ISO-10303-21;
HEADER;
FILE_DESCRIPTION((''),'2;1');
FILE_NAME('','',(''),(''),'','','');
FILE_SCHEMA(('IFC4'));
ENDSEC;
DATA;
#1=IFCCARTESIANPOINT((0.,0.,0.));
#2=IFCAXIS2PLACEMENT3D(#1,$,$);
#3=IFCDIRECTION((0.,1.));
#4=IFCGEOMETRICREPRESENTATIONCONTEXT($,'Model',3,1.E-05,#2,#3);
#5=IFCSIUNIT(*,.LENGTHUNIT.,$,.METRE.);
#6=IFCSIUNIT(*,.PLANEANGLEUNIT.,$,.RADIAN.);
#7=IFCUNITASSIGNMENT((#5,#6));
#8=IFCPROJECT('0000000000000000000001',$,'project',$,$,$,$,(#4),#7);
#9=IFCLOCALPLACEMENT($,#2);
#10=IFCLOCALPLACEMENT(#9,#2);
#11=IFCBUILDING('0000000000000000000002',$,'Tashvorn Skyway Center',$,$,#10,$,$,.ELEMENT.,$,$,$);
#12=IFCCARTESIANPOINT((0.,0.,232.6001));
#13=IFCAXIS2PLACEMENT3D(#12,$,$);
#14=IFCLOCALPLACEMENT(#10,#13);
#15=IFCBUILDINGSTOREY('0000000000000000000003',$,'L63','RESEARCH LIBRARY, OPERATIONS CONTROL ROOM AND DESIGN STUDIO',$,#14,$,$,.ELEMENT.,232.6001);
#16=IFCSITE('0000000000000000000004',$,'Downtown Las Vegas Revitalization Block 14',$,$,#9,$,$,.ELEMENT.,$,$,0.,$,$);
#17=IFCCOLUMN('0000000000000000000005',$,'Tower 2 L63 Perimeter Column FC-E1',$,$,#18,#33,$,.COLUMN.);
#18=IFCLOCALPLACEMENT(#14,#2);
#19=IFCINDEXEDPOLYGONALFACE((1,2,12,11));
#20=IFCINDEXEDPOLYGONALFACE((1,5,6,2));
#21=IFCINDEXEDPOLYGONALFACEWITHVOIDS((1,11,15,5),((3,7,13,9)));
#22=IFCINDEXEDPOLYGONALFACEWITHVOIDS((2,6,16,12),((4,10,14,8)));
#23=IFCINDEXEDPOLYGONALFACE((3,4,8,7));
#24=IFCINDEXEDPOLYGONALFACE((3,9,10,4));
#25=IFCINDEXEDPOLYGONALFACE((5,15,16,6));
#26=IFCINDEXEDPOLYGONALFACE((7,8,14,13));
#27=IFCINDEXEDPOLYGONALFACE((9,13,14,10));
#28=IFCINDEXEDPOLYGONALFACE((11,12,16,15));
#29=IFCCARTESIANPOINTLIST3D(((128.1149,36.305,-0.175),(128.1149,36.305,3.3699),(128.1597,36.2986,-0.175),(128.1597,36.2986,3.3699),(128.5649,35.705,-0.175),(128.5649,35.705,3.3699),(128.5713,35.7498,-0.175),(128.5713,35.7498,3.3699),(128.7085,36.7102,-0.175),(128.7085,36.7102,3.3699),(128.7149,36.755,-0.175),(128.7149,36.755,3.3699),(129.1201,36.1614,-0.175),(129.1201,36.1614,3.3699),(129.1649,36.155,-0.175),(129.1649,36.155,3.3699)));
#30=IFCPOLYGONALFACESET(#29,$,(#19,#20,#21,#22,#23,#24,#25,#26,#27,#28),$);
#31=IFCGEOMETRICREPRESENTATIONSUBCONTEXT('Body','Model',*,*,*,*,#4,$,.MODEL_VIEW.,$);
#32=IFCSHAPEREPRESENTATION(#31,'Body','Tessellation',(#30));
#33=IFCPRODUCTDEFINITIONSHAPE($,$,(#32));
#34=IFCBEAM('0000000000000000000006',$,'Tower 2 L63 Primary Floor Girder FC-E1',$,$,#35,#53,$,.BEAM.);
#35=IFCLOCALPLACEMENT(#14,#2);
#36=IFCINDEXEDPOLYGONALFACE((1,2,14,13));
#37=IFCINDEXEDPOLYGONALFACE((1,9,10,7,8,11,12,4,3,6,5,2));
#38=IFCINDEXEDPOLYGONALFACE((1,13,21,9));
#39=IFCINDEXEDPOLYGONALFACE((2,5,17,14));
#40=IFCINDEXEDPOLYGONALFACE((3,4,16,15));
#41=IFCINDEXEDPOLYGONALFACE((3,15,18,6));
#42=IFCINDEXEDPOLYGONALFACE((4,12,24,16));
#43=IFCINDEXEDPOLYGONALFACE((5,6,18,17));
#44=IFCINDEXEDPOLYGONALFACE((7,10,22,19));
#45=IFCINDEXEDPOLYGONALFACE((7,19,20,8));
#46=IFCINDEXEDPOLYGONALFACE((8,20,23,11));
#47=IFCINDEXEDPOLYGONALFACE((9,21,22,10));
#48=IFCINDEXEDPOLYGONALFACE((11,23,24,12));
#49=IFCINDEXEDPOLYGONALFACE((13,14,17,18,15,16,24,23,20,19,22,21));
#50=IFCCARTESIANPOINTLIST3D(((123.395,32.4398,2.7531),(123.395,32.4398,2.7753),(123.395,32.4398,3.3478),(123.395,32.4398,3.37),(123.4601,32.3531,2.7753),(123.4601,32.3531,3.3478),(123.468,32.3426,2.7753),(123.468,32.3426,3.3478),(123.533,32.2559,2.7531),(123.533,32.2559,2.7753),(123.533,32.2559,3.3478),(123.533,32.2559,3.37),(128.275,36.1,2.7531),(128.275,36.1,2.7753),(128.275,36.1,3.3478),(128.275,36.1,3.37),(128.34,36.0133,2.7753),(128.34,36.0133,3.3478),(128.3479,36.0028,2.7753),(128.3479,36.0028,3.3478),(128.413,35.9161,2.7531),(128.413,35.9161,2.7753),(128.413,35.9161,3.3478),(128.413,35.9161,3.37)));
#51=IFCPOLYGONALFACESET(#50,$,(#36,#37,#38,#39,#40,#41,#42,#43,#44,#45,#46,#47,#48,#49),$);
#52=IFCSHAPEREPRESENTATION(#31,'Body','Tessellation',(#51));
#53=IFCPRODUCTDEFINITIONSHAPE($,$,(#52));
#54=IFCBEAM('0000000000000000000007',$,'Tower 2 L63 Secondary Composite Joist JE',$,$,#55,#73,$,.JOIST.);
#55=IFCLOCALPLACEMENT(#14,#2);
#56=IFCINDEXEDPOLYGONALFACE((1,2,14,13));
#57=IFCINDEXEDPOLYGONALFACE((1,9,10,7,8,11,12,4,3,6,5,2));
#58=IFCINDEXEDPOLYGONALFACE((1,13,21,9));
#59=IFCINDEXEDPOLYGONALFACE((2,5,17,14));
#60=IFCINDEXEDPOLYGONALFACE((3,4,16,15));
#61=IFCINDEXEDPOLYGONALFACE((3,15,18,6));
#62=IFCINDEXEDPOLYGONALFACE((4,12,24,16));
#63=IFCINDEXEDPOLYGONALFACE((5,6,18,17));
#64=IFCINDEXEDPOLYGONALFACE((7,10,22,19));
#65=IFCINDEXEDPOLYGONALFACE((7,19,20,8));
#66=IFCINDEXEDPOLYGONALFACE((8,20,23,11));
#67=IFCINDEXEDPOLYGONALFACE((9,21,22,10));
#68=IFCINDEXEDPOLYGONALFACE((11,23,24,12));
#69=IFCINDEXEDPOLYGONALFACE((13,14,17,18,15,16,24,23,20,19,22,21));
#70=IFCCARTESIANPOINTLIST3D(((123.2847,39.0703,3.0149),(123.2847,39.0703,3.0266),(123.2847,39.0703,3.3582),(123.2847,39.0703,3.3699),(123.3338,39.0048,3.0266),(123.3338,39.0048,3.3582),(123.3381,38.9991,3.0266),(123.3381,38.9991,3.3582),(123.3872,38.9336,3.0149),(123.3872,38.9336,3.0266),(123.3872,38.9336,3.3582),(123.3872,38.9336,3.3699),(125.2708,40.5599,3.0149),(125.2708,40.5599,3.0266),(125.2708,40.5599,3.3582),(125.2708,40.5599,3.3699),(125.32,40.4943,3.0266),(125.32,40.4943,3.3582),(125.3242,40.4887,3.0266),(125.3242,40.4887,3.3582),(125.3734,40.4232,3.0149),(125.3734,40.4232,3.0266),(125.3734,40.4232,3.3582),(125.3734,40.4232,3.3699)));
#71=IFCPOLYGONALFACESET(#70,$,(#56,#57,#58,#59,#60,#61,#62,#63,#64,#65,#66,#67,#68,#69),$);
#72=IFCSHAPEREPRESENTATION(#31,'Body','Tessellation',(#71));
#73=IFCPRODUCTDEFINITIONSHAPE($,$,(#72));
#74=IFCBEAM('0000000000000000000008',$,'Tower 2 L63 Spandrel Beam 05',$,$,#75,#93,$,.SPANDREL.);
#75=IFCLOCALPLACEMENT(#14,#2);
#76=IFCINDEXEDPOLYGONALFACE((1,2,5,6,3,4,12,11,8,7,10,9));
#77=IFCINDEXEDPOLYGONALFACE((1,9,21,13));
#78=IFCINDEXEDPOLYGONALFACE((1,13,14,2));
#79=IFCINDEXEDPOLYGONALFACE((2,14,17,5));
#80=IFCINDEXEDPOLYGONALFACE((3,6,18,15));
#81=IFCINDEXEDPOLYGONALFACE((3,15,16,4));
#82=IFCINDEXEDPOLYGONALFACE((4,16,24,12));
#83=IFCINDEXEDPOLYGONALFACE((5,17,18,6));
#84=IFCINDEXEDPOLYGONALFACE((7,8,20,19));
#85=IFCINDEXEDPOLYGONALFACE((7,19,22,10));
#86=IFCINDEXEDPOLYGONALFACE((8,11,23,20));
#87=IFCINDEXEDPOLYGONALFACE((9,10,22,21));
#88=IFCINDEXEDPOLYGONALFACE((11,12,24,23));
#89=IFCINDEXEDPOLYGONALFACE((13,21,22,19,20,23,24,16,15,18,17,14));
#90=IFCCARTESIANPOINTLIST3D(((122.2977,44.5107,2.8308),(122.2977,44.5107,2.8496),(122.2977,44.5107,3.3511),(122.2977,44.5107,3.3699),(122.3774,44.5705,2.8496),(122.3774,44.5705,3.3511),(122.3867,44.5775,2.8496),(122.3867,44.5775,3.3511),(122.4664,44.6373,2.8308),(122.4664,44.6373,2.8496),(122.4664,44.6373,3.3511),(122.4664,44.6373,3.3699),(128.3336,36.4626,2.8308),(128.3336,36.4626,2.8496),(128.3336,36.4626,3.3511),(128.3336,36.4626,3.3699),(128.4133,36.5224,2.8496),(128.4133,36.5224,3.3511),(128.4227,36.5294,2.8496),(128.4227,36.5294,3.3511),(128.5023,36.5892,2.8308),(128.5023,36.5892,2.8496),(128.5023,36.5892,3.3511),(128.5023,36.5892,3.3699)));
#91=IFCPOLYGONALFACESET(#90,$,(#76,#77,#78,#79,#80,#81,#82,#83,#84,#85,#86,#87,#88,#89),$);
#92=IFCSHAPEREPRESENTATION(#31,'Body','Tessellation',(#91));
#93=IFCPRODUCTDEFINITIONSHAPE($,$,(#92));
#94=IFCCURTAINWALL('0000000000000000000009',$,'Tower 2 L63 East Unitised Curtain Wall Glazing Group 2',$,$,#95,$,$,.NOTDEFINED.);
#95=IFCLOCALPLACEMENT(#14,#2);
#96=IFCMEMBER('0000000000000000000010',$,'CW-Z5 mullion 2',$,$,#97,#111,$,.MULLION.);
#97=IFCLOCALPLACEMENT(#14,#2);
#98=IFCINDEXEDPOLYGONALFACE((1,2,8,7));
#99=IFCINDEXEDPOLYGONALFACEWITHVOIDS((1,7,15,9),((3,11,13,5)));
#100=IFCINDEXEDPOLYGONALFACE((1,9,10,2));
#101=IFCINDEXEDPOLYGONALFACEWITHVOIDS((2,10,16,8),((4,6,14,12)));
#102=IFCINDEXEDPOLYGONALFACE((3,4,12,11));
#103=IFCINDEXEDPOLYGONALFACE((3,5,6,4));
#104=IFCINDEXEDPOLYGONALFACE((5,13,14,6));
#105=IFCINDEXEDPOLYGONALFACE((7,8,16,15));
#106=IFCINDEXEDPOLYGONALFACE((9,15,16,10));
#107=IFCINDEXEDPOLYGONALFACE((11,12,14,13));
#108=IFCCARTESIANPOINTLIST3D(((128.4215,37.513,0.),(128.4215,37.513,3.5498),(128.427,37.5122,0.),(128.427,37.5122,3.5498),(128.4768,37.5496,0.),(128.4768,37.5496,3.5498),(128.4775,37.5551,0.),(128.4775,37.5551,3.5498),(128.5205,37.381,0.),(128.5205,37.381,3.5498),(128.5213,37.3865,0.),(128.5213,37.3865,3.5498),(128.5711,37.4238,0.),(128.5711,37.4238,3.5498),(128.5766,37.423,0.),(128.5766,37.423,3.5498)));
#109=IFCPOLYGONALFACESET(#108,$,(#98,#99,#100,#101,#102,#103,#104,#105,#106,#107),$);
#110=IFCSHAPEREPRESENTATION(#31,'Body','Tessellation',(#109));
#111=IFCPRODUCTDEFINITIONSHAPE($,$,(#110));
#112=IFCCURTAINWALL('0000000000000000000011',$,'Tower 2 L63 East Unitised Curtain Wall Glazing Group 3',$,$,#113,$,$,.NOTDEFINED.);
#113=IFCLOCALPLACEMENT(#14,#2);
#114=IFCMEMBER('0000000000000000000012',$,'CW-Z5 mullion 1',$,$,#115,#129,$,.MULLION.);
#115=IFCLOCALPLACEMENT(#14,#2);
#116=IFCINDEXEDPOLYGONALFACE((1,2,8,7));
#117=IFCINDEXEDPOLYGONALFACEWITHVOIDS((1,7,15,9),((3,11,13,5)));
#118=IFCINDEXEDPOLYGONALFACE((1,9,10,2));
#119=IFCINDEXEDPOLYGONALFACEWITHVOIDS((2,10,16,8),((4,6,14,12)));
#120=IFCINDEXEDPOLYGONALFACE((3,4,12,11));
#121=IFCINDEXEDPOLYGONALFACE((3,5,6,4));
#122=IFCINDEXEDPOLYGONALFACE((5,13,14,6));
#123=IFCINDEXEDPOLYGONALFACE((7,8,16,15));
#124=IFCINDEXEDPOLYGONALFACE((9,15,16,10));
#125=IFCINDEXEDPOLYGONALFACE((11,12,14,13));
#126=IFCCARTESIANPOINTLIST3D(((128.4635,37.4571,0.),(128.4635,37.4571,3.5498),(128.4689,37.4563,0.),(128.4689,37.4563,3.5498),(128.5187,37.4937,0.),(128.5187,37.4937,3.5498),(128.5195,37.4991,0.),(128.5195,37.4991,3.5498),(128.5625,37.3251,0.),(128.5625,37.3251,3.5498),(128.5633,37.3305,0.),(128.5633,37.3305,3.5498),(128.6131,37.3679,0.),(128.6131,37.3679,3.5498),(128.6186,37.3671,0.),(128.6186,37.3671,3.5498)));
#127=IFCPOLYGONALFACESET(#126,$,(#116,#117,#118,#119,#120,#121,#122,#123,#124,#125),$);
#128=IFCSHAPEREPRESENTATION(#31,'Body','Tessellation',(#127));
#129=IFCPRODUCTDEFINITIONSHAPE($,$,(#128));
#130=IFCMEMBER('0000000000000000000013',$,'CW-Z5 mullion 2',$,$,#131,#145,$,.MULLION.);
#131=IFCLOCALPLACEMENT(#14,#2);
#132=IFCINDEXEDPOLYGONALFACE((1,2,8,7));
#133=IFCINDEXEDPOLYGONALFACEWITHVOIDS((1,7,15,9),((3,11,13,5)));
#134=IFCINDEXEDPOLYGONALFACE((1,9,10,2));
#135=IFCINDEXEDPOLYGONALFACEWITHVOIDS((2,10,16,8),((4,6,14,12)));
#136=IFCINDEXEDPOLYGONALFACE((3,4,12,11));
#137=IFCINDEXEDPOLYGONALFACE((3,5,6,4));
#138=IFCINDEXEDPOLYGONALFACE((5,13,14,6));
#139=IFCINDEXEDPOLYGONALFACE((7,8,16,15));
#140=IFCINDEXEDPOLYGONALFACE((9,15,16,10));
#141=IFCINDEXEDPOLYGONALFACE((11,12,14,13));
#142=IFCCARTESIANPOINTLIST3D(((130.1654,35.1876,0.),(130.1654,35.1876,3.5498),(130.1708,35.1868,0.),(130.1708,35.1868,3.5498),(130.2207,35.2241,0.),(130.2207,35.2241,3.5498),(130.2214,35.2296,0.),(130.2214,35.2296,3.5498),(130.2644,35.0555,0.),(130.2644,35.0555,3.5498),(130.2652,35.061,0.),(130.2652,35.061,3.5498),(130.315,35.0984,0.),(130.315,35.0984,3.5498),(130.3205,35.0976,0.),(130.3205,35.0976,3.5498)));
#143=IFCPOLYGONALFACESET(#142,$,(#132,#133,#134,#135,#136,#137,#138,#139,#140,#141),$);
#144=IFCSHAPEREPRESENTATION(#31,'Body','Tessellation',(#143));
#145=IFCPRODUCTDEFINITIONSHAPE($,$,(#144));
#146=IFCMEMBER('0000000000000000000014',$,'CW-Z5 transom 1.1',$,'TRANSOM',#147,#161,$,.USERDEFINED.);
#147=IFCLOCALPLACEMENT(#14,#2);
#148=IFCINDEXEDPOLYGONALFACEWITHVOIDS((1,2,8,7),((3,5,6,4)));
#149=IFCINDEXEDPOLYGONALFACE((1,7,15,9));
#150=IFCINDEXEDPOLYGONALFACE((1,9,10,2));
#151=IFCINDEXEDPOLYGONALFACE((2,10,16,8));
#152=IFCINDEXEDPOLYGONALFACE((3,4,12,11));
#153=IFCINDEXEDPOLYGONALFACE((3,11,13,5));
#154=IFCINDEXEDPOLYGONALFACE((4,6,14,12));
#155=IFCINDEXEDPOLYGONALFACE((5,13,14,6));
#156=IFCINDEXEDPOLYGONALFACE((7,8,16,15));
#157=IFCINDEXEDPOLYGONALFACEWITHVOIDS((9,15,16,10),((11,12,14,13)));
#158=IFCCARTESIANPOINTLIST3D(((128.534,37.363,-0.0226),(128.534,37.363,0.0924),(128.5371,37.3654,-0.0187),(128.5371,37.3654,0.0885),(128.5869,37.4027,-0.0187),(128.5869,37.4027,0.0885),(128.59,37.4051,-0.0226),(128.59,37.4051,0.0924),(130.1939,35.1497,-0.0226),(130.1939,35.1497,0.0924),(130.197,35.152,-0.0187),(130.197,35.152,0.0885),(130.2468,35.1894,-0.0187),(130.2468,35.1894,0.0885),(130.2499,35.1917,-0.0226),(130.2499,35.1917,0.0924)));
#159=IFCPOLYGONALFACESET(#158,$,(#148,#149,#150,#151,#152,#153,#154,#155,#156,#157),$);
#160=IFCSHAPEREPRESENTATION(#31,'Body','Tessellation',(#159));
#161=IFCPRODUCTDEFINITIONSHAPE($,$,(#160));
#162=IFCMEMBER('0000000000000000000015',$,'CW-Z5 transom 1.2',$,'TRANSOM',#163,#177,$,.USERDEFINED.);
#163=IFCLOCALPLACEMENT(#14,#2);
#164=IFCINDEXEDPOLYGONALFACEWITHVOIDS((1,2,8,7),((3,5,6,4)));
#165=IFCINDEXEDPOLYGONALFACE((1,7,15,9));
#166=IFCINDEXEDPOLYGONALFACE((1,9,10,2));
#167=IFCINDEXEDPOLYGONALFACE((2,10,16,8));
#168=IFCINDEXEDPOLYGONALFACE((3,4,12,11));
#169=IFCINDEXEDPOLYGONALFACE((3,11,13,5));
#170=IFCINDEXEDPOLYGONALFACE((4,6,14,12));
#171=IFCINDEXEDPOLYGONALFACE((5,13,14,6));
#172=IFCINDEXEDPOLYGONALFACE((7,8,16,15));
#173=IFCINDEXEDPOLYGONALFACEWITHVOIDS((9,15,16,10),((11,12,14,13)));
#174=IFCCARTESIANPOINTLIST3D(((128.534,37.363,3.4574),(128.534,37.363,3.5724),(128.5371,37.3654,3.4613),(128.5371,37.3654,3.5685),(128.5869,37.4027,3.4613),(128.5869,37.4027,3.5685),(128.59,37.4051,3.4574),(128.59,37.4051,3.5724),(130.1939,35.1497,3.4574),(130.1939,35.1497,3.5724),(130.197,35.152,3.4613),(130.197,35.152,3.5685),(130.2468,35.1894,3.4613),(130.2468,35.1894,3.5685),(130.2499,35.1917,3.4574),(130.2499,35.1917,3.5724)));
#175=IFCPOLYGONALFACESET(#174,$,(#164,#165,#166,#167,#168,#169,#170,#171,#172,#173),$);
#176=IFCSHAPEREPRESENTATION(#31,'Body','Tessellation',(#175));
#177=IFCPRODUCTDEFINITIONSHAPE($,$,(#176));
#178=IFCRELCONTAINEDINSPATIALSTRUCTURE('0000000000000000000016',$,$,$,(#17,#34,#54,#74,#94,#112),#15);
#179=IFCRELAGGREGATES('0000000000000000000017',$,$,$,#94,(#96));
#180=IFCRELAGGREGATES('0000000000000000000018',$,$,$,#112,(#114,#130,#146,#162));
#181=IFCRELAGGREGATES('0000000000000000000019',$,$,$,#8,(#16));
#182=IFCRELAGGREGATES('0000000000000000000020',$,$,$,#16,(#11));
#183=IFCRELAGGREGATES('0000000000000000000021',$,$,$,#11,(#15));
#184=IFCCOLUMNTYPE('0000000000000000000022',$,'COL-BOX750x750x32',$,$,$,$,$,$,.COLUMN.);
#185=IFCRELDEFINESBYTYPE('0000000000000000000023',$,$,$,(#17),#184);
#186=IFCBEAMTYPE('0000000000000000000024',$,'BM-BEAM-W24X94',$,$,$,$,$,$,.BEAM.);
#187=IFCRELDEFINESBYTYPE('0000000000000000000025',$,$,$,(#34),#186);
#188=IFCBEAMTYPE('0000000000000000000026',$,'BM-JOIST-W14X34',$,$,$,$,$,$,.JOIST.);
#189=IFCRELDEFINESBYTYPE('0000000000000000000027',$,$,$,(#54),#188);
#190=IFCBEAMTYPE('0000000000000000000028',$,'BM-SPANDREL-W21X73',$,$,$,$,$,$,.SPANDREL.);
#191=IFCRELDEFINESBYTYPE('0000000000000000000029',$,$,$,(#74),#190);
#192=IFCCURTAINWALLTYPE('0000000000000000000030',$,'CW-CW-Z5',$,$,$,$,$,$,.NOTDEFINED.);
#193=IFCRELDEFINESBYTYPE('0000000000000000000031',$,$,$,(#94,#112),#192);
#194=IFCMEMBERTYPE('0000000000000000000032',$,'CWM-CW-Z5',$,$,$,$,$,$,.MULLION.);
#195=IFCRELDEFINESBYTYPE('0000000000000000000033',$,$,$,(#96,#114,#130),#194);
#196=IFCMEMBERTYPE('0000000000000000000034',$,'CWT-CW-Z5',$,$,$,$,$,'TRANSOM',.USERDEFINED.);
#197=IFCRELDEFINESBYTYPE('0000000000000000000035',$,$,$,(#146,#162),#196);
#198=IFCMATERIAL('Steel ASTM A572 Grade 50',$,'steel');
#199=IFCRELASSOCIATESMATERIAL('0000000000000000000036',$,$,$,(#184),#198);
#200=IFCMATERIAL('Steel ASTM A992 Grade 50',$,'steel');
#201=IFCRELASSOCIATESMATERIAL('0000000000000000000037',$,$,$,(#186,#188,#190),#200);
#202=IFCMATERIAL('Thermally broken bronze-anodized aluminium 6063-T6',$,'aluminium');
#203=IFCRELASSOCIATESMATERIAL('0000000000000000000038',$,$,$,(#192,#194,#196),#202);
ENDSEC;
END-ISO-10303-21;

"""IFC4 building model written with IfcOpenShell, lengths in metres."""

from ifc_helpers import new_model, si_unit, direction, frame, origin, origin_2d, place, context, subcontext, project, spatial, hollow_rectangle, i_section, extrude, material, material_profile, profile_set, type_object, element, aggregate, save


model = new_model("IFC4")

# Units and contexts
model_context = context("Model", 3, precision=1e-05, world=origin(), true_north=direction((0.0, 1.0)))
body_context = subcontext(model_context, "Body", "Model", "MODEL_VIEW")
ifc_project = project(units=[si_unit("LENGTHUNIT", "METRE"), si_unit("PLANEANGLEUNIT", "RADIAN")], contexts=[model_context])

# Site, building, storey
site_placement = place(None, origin())
site = spatial("IfcSite", under=ifc_project, at=site_placement, Name="Downtown Las Vegas Revitalization Block 14", CompositionType="ELEMENT", RefElevation=0.0)
building_placement = place(site_placement, origin())
building = spatial("IfcBuilding", under=site, at=building_placement, Name="Tashvorn Skyway Center", CompositionType="ELEMENT")
storey_placement = place(building_placement, frame((0.0, 0.0, 232.6001)))
storey = spatial("IfcBuildingStorey", under=building, at=storey_placement, Name="L63", Description="RESEARCH LIBRARY, OPERATIONS CONTROL ROOM AND DESIGN STUDIO", CompositionType="ELEMENT", Elevation=232.6001)

# Column
ifc_material_1 = material(Name="Steel ASTM A572 Grade 50", Category="steel")
ifc_material_profile_1 = material_profile(ifc_material_1, hollow_rectangle(XDim=0.75, YDim=0.75, WallThickness=0.032, at=origin_2d()), Name="BOX750x750x32")
ifc_profile_set_1 = profile_set([ifc_material_profile_1], Name="Steel ASTM A572 Grade 50")
column_type = type_object("IfcColumnType", Name="COL-BOX750x750x32", PredefinedType="COLUMN", material=ifc_profile_set_1)
column_placement = place(storey_placement, frame((128.6399, 36.23, -0.175), z_axis=(0.0, 0.0, 1.0), x_axis=(0.8, 0.6, 0.0)))
element("IfcColumn", 1, at=column_placement, inside=storey, type_object=column_type, Name="Tower 2 L63 Perimeter Column FC-E1", PredefinedType="COLUMN", context=body_context, shape_type="SweptSolid", body=[
    extrude(hollow_rectangle(XDim=0.75, YDim=0.75, WallThickness=0.032, at=origin_2d()), origin(), (0.0, 0.0, 1.0), 3.5449),
])

# Beams
ifc_material_2 = material(Name="Steel ASTM A992 Grade 50", Category="steel")
ifc_material_profile_2 = material_profile(ifc_material_2, i_section(OverallWidth=0.23, OverallDepth=0.6169, WebThickness=0.0132, FlangeThickness=0.0222, at=origin_2d()), Name="W24X94")
ifc_profile_set_2 = profile_set([ifc_material_profile_2], Name="Steel ASTM A992 Grade 50")
beam_type_1 = type_object("IfcBeamType", Name="BM-BEAM-W24X94", PredefinedType="BEAM", material=ifc_profile_set_2)
beam_1_placement = place(storey_placement, frame((128.344, 36.0081, 3.0615), z_axis=(-0.799981, -0.600026, 0.0), x_axis=(0.600026, -0.799981, 0.0)))
element("IfcBeam", 2, at=beam_1_placement, inside=storey, type_object=beam_type_1, Name="Tower 2 L63 Primary Floor Girder FC-E1", PredefinedType="BEAM", context=body_context, shape_type="SweptSolid", body=[
    extrude(i_section(OverallWidth=0.23, OverallDepth=0.6169, WebThickness=0.0132, FlangeThickness=0.0222, at=origin_2d()), origin(), (0.0, 0.0, 1.0), 6.1001),
])
ifc_material_profile_3 = material_profile(ifc_material_2, i_section(OverallWidth=0.1709, OverallDepth=0.355, WebThickness=0.0071, FlangeThickness=0.0117, at=origin_2d()), Name="W14X34")
ifc_profile_set_3 = profile_set([ifc_material_profile_3], Name="Steel ASTM A992 Grade 50")
beam_type_2 = type_object("IfcBeamType", Name="BM-JOIST-W14X34", PredefinedType="JOIST", material=ifc_profile_set_3)
beam_2_placement = place(storey_placement, frame((123.3359, 39.002, 3.1924), z_axis=(0.800012, 0.599984, 0.0), x_axis=(-0.599984, 0.800012, 0.0)))
element("IfcBeam", 3, at=beam_2_placement, inside=storey, type_object=beam_type_2, Name="Tower 2 L63 Secondary Composite Joist JE", PredefinedType="JOIST", context=body_context, shape_type="SweptSolid", body=[
    extrude(i_section(OverallWidth=0.1709, OverallDepth=0.355, WebThickness=0.0071, FlangeThickness=0.0117, at=origin_2d()), origin(), (0.0, 0.0, 1.0), 2.4827),
])
ifc_material_profile_4 = material_profile(ifc_material_2, i_section(OverallWidth=0.2109, OverallDepth=0.5391, WebThickness=0.0117, FlangeThickness=0.0188, at=origin_2d()), Name="W21X73")
ifc_profile_set_4 = profile_set([ifc_material_profile_4], Name="Steel ASTM A992 Grade 50")
beam_type_3 = type_object("IfcBeamType", Name="BM-SPANDREL-W21X73", PredefinedType="SPANDREL", material=ifc_profile_set_4)
beam_3_placement = place(storey_placement, frame((128.418, 36.5259, 3.1003), z_axis=(-0.599988, 0.800009, 0.0), x_axis=(-0.800009, -0.599988, 0.0)))
element("IfcBeam", 4, at=beam_3_placement, inside=storey, type_object=beam_type_3, Name="Tower 2 L63 Spandrel Beam 05", PredefinedType="SPANDREL", context=body_context, shape_type="SweptSolid", body=[
    extrude(i_section(OverallWidth=0.2109, OverallDepth=0.5391, WebThickness=0.0117, FlangeThickness=0.0188, at=origin_2d()), origin(), (0.0, 0.0, 1.0), 10.0601),
])

# Curtain wall, member
ifc_material_3 = material(Name="Thermally broken bronze-anodized aluminium 6063-T6", Category="aluminium")
curtain_wall_type = type_object("IfcCurtainWallType", Name="CW-CW-Z5", PredefinedType="NOTDEFINED", material=ifc_material_3)
curtain_wall_1_placement = place(storey_placement, origin())
curtain_wall_1 = element("IfcCurtainWall", 5, at=curtain_wall_1_placement, inside=storey, type_object=curtain_wall_type, Name="Tower 2 L63 East Unitised Curtain Wall Glazing Group 2", PredefinedType="NOTDEFINED")
ifc_material_profile_5 = material_profile(ifc_material_3, hollow_rectangle(XDim=0.0701, YDim=0.165, WallThickness=0.0039, at=origin_2d()), Name="ALU-MULL-70x165")
ifc_profile_set_5 = profile_set([ifc_material_profile_5], Name="Thermally broken bronze-anodized aluminium 6063-T6")
member_type_1 = type_object("IfcMemberType", Name="CWM-CW-Z5", PredefinedType="MULLION", material=ifc_profile_set_5)
member_1_placement = place(storey_placement, frame((128.499, 37.468, 0.0), z_axis=(0.0, 0.0, 1.0), x_axis=(0.8, 0.6, 0.0)))
member_1 = element("IfcMember", 6, at=member_1_placement, type_object=member_type_1, Name="CW-Z5 mullion 2", PredefinedType="MULLION", context=body_context, shape_type="SweptSolid", body=[
    extrude(hollow_rectangle(XDim=0.0701, YDim=0.165, WallThickness=0.0039, at=origin_2d()), origin(), (0.0, 0.0, 1.0), 3.5498),
])
aggregate(curtain_wall_1, [member_1])

# Curtain wall, members
curtain_wall_2_placement = place(storey_placement, origin())
curtain_wall_2 = element("IfcCurtainWall", 7, at=curtain_wall_2_placement, inside=storey, type_object=curtain_wall_type, Name="Tower 2 L63 East Unitised Curtain Wall Glazing Group 3", PredefinedType="NOTDEFINED")
member_2_placement = place(storey_placement, frame((128.541, 37.4121, 0.0), z_axis=(0.0, 0.0, 1.0), x_axis=(0.799996, 0.600006, 0.0)))
member_2 = element("IfcMember", 8, at=member_2_placement, type_object=member_type_1, Name="CW-Z5 mullion 1", PredefinedType="MULLION", context=body_context, shape_type="SweptSolid", body=[
    extrude(hollow_rectangle(XDim=0.0701, YDim=0.165, WallThickness=0.0039, at=origin_2d()), origin(), (0.0, 0.0, 1.0), 3.5498),
])
member_3_placement = place(storey_placement, frame((130.2429, 35.1426, 0.0), z_axis=(0.0, 0.0, 1.0), x_axis=(0.799996, 0.600006, 0.0)))
member_3 = element("IfcMember", 9, at=member_3_placement, type_object=member_type_1, Name="CW-Z5 mullion 2", PredefinedType="MULLION", context=body_context, shape_type="SweptSolid", body=[
    extrude(hollow_rectangle(XDim=0.0701, YDim=0.165, WallThickness=0.0039, at=origin_2d()), origin(), (0.0, 0.0, 1.0), 3.5498),
])
ifc_material_profile_6 = material_profile(ifc_material_3, hollow_rectangle(XDim=0.0701, YDim=0.115, WallThickness=0.0039, at=origin_2d()), Name="ALU-TRAN-70x115")
ifc_profile_set_6 = profile_set([ifc_material_profile_6], Name="Thermally broken bronze-anodized aluminium 6063-T6")
member_type_2 = type_object("IfcMemberType", Name="CWT-CW-Z5", ElementType="TRANSOM", PredefinedType="USERDEFINED", material=ifc_profile_set_6)
member_4_placement = place(storey_placement, frame((128.562, 37.384, 0.0349), z_axis=(0.599972, -0.800021, 0.0), x_axis=(0.800021, 0.599972, 0.0)))
member_4 = element("IfcMember", 10, at=member_4_placement, type_object=member_type_2, Name="CW-Z5 transom 1.1", ObjectType="TRANSOM", PredefinedType="USERDEFINED", context=body_context, shape_type="SweptSolid", body=[
    extrude(hollow_rectangle(XDim=0.0701, YDim=0.115, WallThickness=0.0039, at=origin_2d()), origin(), (0.0, 0.0, 1.0), 2.7666),
])
member_5_placement = place(storey_placement, frame((128.562, 37.384, 3.5149), z_axis=(0.599972, -0.800021, 0.0), x_axis=(0.800021, 0.599972, 0.0)))
member_5 = element("IfcMember", 11, at=member_5_placement, type_object=member_type_2, Name="CW-Z5 transom 1.2", ObjectType="TRANSOM", PredefinedType="USERDEFINED", context=body_context, shape_type="SweptSolid", body=[
    extrude(hollow_rectangle(XDim=0.0701, YDim=0.115, WallThickness=0.0039, at=origin_2d()), origin(), (0.0, 0.0, 1.0), 2.7666),
])
aggregate(curtain_wall_2, [member_2, member_3, member_4, member_5])

save(model, "model.ifc")
